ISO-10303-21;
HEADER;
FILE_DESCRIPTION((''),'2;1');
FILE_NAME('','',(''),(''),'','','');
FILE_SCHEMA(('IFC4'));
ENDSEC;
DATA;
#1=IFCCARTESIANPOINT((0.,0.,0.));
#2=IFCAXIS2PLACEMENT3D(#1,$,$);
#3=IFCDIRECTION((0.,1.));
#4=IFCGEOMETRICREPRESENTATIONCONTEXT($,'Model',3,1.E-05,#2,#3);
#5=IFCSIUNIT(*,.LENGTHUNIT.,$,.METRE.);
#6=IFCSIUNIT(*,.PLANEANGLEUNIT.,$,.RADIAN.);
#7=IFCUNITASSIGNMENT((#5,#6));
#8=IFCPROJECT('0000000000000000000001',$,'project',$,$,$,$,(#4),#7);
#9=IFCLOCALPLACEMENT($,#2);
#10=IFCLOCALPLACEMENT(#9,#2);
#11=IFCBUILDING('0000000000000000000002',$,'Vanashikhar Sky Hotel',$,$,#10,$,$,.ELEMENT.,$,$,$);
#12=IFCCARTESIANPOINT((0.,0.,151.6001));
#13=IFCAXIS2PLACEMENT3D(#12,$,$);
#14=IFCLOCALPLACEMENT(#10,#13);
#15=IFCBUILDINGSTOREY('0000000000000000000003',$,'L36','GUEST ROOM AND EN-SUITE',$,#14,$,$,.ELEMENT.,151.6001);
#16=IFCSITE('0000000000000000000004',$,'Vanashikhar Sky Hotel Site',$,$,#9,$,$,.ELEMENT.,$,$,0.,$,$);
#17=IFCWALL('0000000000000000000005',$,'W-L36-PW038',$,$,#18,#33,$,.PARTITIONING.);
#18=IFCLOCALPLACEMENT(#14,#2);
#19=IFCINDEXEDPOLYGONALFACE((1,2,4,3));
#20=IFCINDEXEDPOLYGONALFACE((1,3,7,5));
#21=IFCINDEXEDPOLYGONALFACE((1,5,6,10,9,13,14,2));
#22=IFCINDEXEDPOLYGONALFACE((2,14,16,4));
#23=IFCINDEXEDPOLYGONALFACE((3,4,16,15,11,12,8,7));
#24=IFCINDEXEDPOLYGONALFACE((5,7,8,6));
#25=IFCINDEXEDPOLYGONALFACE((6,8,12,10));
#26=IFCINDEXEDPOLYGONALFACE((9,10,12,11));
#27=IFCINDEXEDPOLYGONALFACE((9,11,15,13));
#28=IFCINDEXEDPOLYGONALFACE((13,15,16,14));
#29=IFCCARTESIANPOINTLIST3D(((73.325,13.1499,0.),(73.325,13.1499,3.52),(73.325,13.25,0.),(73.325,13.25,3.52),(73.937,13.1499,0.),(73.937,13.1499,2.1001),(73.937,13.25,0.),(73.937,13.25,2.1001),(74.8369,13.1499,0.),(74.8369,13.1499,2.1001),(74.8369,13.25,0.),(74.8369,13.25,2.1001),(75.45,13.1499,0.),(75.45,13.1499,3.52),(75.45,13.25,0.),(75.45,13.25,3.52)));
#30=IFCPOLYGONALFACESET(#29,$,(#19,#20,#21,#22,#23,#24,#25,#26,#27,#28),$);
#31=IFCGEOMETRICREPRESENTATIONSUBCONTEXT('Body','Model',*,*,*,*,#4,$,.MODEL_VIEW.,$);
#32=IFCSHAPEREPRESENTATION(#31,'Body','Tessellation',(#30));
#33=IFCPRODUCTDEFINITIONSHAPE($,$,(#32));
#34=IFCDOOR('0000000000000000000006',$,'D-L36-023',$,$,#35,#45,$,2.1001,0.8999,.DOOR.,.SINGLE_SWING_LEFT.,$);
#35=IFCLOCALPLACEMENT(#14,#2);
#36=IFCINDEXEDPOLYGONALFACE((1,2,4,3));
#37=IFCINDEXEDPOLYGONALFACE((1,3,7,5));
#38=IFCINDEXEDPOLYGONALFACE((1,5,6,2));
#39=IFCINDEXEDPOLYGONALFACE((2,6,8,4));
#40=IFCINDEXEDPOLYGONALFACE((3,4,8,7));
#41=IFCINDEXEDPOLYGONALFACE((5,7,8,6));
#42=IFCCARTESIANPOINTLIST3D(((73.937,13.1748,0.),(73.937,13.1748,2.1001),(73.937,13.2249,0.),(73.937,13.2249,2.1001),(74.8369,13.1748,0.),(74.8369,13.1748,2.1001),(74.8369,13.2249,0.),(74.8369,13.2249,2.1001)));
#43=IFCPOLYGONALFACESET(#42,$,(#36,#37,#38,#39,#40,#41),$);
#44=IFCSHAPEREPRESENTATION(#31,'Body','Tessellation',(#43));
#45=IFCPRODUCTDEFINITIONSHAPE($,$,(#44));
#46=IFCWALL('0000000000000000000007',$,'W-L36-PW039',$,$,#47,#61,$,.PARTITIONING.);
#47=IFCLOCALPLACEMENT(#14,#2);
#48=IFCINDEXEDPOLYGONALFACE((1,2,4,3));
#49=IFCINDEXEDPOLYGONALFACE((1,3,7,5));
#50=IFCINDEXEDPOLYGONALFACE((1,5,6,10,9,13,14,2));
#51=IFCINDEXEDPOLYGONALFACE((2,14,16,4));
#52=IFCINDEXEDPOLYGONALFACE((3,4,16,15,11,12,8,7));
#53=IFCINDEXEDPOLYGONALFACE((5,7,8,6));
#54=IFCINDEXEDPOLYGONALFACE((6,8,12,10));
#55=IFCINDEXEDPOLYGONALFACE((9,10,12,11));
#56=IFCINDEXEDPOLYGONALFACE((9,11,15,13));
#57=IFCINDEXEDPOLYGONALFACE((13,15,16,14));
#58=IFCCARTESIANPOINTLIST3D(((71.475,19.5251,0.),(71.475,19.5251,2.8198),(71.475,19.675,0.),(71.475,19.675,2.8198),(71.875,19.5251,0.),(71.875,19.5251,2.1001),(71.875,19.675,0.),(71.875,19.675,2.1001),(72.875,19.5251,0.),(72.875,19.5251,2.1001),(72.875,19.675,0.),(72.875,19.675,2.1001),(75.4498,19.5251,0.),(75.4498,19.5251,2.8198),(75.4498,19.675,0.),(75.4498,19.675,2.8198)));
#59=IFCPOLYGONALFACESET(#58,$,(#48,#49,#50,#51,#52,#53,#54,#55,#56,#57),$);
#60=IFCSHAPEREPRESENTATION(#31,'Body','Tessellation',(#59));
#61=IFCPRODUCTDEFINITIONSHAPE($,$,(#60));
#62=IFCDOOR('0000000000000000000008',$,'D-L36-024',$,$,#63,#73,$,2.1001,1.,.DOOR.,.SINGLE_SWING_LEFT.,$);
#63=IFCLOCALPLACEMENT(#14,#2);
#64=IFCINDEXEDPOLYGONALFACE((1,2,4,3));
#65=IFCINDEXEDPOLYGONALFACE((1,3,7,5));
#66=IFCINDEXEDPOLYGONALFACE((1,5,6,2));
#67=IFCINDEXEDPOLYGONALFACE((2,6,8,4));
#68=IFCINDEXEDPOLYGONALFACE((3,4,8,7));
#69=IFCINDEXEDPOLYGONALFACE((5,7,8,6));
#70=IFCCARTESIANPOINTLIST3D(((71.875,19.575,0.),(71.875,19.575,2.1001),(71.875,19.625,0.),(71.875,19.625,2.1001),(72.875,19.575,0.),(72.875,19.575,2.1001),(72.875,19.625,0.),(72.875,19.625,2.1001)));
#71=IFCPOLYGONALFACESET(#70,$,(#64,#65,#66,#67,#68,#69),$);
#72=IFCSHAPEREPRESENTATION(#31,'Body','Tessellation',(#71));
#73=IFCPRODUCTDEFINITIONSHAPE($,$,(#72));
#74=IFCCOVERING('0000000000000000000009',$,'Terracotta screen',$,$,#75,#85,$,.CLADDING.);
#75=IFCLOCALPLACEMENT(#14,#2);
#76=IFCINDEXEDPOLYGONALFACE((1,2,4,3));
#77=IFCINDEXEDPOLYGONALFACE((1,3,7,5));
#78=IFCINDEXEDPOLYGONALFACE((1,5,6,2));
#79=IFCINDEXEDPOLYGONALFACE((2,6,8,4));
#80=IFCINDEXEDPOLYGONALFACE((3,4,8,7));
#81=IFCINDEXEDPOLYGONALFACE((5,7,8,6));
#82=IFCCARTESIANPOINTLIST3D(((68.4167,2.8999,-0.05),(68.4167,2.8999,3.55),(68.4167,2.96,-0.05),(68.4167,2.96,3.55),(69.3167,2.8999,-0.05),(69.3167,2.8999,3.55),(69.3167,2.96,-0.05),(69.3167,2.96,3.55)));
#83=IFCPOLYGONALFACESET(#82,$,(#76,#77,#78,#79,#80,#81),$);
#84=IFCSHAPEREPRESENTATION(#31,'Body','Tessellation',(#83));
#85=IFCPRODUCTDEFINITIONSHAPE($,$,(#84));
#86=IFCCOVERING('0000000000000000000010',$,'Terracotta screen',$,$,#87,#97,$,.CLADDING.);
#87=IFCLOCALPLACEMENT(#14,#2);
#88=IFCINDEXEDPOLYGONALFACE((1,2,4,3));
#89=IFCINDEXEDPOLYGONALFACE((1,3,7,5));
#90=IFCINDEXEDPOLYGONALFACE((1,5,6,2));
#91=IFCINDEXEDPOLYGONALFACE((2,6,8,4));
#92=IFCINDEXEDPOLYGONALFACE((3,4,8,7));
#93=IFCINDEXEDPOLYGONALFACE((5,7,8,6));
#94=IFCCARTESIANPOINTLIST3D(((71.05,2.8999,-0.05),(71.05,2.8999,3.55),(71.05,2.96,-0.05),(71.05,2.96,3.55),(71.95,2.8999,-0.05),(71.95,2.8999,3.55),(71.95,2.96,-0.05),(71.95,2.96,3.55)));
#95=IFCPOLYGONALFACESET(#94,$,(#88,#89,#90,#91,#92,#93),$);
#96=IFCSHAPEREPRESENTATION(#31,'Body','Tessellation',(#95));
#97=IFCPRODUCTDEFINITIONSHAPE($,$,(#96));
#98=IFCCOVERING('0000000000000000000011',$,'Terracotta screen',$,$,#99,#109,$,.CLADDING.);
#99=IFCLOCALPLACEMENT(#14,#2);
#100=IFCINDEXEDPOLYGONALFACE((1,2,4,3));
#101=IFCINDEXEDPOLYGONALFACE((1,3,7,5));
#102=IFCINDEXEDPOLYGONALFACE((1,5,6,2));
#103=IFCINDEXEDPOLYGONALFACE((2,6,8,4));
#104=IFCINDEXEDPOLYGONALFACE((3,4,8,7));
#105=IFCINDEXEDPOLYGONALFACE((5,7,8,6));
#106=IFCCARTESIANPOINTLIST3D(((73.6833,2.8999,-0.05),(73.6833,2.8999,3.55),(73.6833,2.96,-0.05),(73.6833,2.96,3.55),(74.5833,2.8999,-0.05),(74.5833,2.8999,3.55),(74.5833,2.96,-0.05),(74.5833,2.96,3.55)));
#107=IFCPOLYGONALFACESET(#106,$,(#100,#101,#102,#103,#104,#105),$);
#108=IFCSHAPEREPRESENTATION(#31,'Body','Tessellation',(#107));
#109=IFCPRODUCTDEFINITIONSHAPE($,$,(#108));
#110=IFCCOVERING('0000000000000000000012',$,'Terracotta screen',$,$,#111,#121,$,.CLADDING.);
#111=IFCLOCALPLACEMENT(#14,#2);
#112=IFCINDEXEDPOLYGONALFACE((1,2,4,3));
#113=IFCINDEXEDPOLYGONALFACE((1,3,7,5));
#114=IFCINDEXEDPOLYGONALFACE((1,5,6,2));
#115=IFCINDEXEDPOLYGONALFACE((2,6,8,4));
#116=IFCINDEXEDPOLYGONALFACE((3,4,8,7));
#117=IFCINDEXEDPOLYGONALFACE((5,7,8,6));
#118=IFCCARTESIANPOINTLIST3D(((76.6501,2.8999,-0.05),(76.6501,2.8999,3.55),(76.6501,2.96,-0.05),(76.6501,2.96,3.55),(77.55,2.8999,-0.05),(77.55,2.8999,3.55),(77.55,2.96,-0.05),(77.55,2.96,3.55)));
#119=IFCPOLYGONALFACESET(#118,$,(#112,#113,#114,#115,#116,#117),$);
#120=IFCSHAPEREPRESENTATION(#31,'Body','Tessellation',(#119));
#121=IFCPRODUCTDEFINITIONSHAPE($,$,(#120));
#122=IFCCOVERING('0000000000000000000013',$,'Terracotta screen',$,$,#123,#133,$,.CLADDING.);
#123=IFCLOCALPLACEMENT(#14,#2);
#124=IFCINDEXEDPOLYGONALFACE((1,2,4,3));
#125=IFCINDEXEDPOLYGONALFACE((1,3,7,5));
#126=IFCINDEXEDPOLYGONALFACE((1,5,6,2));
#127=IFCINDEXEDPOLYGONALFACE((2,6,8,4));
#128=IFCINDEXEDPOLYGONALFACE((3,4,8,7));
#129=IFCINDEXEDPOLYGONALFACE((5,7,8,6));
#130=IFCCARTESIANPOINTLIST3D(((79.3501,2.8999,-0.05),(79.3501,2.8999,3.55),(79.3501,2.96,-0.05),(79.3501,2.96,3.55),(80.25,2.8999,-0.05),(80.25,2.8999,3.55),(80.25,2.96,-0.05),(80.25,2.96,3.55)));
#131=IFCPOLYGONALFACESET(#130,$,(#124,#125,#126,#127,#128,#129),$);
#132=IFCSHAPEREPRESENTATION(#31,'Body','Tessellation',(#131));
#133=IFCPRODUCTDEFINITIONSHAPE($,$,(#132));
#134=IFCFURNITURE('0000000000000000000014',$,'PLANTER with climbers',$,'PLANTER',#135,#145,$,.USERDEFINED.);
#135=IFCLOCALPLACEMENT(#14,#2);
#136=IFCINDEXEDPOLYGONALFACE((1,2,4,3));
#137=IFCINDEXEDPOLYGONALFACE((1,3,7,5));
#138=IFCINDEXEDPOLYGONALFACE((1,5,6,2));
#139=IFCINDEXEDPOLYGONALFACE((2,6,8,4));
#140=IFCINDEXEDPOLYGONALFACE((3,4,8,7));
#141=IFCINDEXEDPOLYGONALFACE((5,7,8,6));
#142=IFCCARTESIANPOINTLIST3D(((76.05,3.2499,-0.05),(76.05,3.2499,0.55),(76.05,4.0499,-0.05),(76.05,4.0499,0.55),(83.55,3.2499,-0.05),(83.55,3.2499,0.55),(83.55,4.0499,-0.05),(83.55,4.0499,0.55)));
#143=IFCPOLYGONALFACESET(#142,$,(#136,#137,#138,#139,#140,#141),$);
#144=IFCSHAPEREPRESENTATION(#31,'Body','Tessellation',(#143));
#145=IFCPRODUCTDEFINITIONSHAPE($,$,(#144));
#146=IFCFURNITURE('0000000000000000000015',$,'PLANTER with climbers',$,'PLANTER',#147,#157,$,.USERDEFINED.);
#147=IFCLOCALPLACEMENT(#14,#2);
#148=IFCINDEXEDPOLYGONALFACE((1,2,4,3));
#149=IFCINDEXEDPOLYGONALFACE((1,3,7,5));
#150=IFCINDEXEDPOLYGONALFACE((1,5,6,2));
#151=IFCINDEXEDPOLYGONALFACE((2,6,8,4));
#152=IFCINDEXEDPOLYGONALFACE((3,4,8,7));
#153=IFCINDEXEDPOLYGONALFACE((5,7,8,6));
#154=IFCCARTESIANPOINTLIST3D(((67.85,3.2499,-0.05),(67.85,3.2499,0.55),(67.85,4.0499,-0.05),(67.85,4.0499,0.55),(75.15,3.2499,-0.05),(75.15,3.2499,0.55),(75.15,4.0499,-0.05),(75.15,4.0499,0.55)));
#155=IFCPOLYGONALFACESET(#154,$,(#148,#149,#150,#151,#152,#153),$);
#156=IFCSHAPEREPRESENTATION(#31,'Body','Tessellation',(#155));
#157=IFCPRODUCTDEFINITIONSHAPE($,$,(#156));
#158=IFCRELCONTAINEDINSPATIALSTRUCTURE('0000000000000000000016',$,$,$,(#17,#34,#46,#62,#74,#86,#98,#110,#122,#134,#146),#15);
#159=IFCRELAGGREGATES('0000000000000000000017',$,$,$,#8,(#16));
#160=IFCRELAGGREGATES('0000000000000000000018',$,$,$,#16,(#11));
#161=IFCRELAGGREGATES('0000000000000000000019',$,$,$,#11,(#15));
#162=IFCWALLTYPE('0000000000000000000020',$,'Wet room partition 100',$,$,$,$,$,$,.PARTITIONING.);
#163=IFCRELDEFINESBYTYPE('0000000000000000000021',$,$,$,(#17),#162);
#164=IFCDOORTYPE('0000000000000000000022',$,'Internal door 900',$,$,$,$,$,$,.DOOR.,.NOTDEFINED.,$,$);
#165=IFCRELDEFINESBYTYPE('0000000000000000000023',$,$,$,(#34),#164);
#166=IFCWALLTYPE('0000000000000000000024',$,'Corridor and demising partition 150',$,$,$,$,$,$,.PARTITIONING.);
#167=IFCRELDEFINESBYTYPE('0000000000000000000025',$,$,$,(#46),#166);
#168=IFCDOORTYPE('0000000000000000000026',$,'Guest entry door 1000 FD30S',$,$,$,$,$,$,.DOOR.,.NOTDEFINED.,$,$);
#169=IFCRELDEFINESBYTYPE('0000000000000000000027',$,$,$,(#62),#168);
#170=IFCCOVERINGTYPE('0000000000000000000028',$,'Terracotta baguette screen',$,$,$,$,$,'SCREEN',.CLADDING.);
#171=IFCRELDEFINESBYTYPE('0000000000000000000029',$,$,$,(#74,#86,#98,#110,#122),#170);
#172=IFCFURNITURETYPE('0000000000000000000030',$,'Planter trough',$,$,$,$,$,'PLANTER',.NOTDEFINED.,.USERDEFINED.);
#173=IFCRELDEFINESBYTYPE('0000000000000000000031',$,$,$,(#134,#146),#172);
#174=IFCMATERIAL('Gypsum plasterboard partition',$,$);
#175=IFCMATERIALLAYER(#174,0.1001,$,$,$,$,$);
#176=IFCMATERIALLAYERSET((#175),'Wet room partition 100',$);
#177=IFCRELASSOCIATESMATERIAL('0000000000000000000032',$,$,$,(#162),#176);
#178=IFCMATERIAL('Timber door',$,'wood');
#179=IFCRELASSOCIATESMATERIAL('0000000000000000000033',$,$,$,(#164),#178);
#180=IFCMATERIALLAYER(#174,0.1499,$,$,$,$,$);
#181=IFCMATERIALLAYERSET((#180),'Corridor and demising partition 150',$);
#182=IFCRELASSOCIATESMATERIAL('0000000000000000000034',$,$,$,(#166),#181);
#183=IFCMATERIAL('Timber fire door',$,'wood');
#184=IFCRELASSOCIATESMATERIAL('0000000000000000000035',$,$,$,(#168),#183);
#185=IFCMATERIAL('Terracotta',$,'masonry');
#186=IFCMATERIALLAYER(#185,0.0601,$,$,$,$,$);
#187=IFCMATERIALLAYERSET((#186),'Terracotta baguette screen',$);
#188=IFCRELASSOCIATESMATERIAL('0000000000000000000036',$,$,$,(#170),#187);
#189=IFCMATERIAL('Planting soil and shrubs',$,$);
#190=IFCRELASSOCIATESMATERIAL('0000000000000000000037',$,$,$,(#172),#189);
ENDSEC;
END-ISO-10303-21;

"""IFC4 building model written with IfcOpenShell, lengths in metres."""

from ifc_helpers import new_model, si_unit, direction, frame, frame_2d, origin, origin_2d, place, context, subcontext, project, spatial, rectangle, extrude, source, transform, mapped, material, layer, layer_set, type_object, element, fill, save


model = new_model("IFC4")

# Units and contexts
model_context = context("Model", 3, precision=1e-05, world=origin(), true_north=direction((0.0, 1.0)))
body_context = subcontext(model_context, "Body", "Model", "MODEL_VIEW")
ifc_project = project(units=[si_unit("LENGTHUNIT", "METRE"), si_unit("PLANEANGLEUNIT", "RADIAN")], contexts=[model_context])

# Site, building, storey
site_placement = place(None, origin())
site = spatial("IfcSite", under=ifc_project, at=site_placement, Name="Vanashikhar Sky Hotel Site", CompositionType="ELEMENT", RefElevation=0.0)
building_placement = place(site_placement, origin())
building = spatial("IfcBuilding", under=site, at=building_placement, Name="Vanashikhar Sky Hotel", CompositionType="ELEMENT")
storey_placement = place(building_placement, frame((0.0, 0.0, 151.6001)))
storey = spatial("IfcBuildingStorey", under=building, at=storey_placement, Name="L36", Description="GUEST ROOM AND EN-SUITE", CompositionType="ELEMENT", Elevation=151.6001)

# Shared definitions
ifc_material_1 = material(Name="Gypsum plasterboard partition")
ifc_layer_1 = layer(ifc_material_1, 0.1001)
ifc_layer_set_1 = layer_set([ifc_layer_1], Name="Wet room partition 100")
wall_type_1 = type_object("IfcWallType", Name="Wet room partition 100", PredefinedType="PARTITIONING", material=ifc_layer_set_1)
shared_shape_1 = source(origin(), body_context, "Body", "SweptSolid", [
    extrude(rectangle(XDim=0.8999, YDim=2.1001, at=frame_2d((0.45, 1.05))), frame((0.0, 0.0601, 0.0), z_axis=(0.0, -1.0, 0.0), x_axis=(1.0, 0.0, 0.0)), (0.0, 0.0, 1.0), 0.1201),
])
ifc_material_2 = material(Name="Timber door", Category="wood")
door_type_1 = type_object("IfcDoorType", Name="Internal door 900", OperationType="NOTDEFINED", PredefinedType="DOOR", material=ifc_material_2)
shared_shape_2 = source(origin(), body_context, "Body", "SweptSolid", [
    extrude(rectangle(XDim=0.8999, YDim=2.1001, at=frame_2d((0.45, 1.05))), frame((0.0, 0.0249, 0.0), z_axis=(0.0, -1.0, 0.0), x_axis=(1.0, 0.0, 0.0)), (0.0, 0.0, 1.0), 0.05),
])

# Shared definitions
ifc_layer_2 = layer(ifc_material_1, 0.1499)
ifc_layer_set_2 = layer_set([ifc_layer_2], Name="Corridor and demising partition 150")
wall_type_2 = type_object("IfcWallType", Name="Corridor and demising partition 150", PredefinedType="PARTITIONING", material=ifc_layer_set_2)

# Walls, openings, doors
shared_shape_3 = source(origin(), body_context, "Body", "SweptSolid", [
    extrude(rectangle(XDim=1.0, YDim=2.1001, at=frame_2d((0.5, 1.05))), frame((0.0, 0.085, 0.0), z_axis=(0.0, -1.0, 0.0), x_axis=(1.0, 0.0, 0.0)), (0.0, 0.0, 1.0), 0.1699),
])
ifc_material_3 = material(Name="Timber fire door", Category="wood")
door_type_2 = type_object("IfcDoorType", Name="Guest entry door 1000 FD30S", OperationType="NOTDEFINED", PredefinedType="DOOR", material=ifc_material_3)
shared_shape_4 = source(origin(), body_context, "Body", "SweptSolid", [
    extrude(rectangle(XDim=1.0, YDim=2.1001, at=frame_2d((0.5, 1.05))), frame((0.0, 0.0249, 0.0), z_axis=(0.0, -1.0, 0.0), x_axis=(1.0, 0.0, 0.0)), (0.0, 0.0, 1.0), 0.05),
])
shared_shape_5 = source(origin(), body_context, "Body", "SweptSolid", [
    extrude(rectangle(XDim=2.125, YDim=0.1001, at=frame_2d((1.0625, 0.0))), origin(), (0.0, 0.0, 1.0), 3.52),
])
wall_1_placement = place(storey_placement, frame((73.325, 13.2, 0.0), z_axis=(0.0, 0.0, 1.0), x_axis=(1.0, 0.0, 0.0)))
wall_1 = element("IfcWall", 1, at=wall_1_placement, inside=storey, type_object=wall_type_1, Name="W-L36-PW038", PredefinedType="PARTITIONING", context=body_context, shape_type="MappedRepresentation", body=[
    mapped(shared_shape_5, transform((0.0, 0.0, 0.0), scale=1.0)),
])
opening_1_placement = place(wall_1_placement, frame((0.6121, 0.0, 0.0)))
opening_1 = element("IfcOpeningElement", 2, at=opening_1_placement, cuts=wall_1, PredefinedType="OPENING", context=body_context, shape_type="MappedRepresentation", body=[
    mapped(shared_shape_1, transform((0.0, 0.0, 0.0), scale=1.0)),
])
door_1_placement = place(opening_1_placement, origin())
door_1 = element("IfcDoor", 3, at=door_1_placement, inside=storey, type_object=door_type_1, Name="D-L36-023", OperationType="SINGLE_SWING_LEFT", OverallHeight=2.1001, OverallWidth=0.8999, PredefinedType="DOOR", context=body_context, shape_type="MappedRepresentation", body=[
    mapped(shared_shape_2, transform((0.0, 0.0, 0.0), scale=1.0)),
])
fill(opening_1, door_1)
shared_shape_6 = source(origin(), body_context, "Body", "SweptSolid", [
    extrude(rectangle(XDim=3.9749, YDim=0.1499, at=frame_2d((1.9873, 0.0))), origin(), (0.0, 0.0, 1.0), 2.8198),
])
wall_2_placement = place(storey_placement, frame((71.4751, 19.6001, 0.0), z_axis=(0.0, 0.0, 1.0), x_axis=(1.0, 0.0, 0.0)))
wall_2 = element("IfcWall", 4, at=wall_2_placement, inside=storey, type_object=wall_type_2, Name="W-L36-PW039", PredefinedType="PARTITIONING", context=body_context, shape_type="MappedRepresentation", body=[
    mapped(shared_shape_6, transform((0.0, 0.0, 0.0), scale=1.0)),
])
opening_2_placement = place(wall_2_placement, frame((0.3999, 0.0, 0.0)))
opening_2 = element("IfcOpeningElement", 5, at=opening_2_placement, cuts=wall_2, PredefinedType="OPENING", context=body_context, shape_type="MappedRepresentation", body=[
    mapped(shared_shape_3, transform((0.0, 0.0, 0.0), scale=1.0)),
])
door_2_placement = place(opening_2_placement, origin())
door_2 = element("IfcDoor", 6, at=door_2_placement, inside=storey, type_object=door_type_2, Name="D-L36-024", OperationType="SINGLE_SWING_LEFT", OverallHeight=2.1001, OverallWidth=1.0, PredefinedType="DOOR", context=body_context, shape_type="MappedRepresentation", body=[
    mapped(shared_shape_4, transform((0.0, 0.0, 0.0), scale=1.0)),
])
fill(opening_2, door_2)

# Coverings
ifc_material_4 = material(Name="Terracotta", Category="masonry")
ifc_layer_3 = layer(ifc_material_4, 0.0601)
ifc_layer_set_3 = layer_set([ifc_layer_3], Name="Terracotta baguette screen")
covering_type = type_object("IfcCoveringType", Name="Terracotta baguette screen", ElementType="SCREEN", PredefinedType="CLADDING", material=ifc_layer_set_3)
shared_shape_7 = source(origin(), body_context, "Body", "SweptSolid", [
    extrude(rectangle(XDim=0.8999, YDim=0.0601, at=origin_2d()), origin(), (0.0, 0.0, 1.0), 3.6001),
])
for number, where, z_axis, x_axis, name in (
    (7, (68.8667, 2.9299, -0.05), (0.0, 0.0, 1.0), (1.0, 0.0, 0.0), "Terracotta screen"),
    (8, (71.5, 2.9299, -0.05), (0.0, 0.0, 1.0), (1.0, 0.0, 0.0), "Terracotta screen"),
    (9, (74.1333, 2.9299, -0.05), (0.0, 0.0, 1.0), (1.0, 0.0, 0.0), "Terracotta screen"),
    (10, (77.1001, 2.9299, -0.05), (0.0, 0.0, 1.0), (1.0, 0.0, 0.0), "Terracotta screen"),
    (11, (79.8, 2.9299, -0.05), (0.0, 0.0, 1.0), (1.0, 0.0, 0.0), "Terracotta screen"),
):
    element("IfcCovering", number, at=place(storey_placement, frame(where, z_axis=z_axis, x_axis=x_axis)), inside=storey, type_object=covering_type, Name=name, PredefinedType="CLADDING", context=body_context, shape_type="MappedRepresentation", body=[
        mapped(shared_shape_7, transform((0.0, 0.0, 0.0), scale=1.0)),
    ])

# Furniture
ifc_material_5 = material(Name="Planting soil and shrubs")
furniture_type = type_object("IfcFurnitureType", Name="Planter trough", ElementType="PLANTER", AssemblyPlace="NOTDEFINED", PredefinedType="USERDEFINED", material=ifc_material_5)
shared_shape_8 = source(origin(), body_context, "Body", "SweptSolid", [
    extrude(rectangle(XDim=7.5, YDim=0.8, at=origin_2d()), origin(), (0.0, 0.0, 1.0), 0.6001),
])
furniture_1_placement = place(storey_placement, frame((79.8, 3.6499, -0.05), z_axis=(0.0, 0.0, 1.0), x_axis=(1.0, 0.0, 0.0)))
element("IfcFurniture", 12, at=furniture_1_placement, inside=storey, type_object=furniture_type, Name="PLANTER with climbers", ObjectType="PLANTER", PredefinedType="USERDEFINED", context=body_context, shape_type="MappedRepresentation", body=[
    mapped(shared_shape_8, transform((0.0, 0.0, 0.0), scale=1.0)),
])
shared_shape_9 = source(origin(), body_context, "Body", "SweptSolid", [
    extrude(rectangle(XDim=7.3, YDim=0.8, at=origin_2d()), origin(), (0.0, 0.0, 1.0), 0.6001),
])
furniture_2_placement = place(storey_placement, frame((71.5, 3.6499, -0.05), z_axis=(0.0, 0.0, 1.0), x_axis=(1.0, 0.0, 0.0)))
element("IfcFurniture", 13, at=furniture_2_placement, inside=storey, type_object=furniture_type, Name="PLANTER with climbers", ObjectType="PLANTER", PredefinedType="USERDEFINED", context=body_context, shape_type="MappedRepresentation", body=[
    mapped(shared_shape_9, transform((0.0, 0.0, 0.0), scale=1.0)),
])

save(model, "model.ifc")
